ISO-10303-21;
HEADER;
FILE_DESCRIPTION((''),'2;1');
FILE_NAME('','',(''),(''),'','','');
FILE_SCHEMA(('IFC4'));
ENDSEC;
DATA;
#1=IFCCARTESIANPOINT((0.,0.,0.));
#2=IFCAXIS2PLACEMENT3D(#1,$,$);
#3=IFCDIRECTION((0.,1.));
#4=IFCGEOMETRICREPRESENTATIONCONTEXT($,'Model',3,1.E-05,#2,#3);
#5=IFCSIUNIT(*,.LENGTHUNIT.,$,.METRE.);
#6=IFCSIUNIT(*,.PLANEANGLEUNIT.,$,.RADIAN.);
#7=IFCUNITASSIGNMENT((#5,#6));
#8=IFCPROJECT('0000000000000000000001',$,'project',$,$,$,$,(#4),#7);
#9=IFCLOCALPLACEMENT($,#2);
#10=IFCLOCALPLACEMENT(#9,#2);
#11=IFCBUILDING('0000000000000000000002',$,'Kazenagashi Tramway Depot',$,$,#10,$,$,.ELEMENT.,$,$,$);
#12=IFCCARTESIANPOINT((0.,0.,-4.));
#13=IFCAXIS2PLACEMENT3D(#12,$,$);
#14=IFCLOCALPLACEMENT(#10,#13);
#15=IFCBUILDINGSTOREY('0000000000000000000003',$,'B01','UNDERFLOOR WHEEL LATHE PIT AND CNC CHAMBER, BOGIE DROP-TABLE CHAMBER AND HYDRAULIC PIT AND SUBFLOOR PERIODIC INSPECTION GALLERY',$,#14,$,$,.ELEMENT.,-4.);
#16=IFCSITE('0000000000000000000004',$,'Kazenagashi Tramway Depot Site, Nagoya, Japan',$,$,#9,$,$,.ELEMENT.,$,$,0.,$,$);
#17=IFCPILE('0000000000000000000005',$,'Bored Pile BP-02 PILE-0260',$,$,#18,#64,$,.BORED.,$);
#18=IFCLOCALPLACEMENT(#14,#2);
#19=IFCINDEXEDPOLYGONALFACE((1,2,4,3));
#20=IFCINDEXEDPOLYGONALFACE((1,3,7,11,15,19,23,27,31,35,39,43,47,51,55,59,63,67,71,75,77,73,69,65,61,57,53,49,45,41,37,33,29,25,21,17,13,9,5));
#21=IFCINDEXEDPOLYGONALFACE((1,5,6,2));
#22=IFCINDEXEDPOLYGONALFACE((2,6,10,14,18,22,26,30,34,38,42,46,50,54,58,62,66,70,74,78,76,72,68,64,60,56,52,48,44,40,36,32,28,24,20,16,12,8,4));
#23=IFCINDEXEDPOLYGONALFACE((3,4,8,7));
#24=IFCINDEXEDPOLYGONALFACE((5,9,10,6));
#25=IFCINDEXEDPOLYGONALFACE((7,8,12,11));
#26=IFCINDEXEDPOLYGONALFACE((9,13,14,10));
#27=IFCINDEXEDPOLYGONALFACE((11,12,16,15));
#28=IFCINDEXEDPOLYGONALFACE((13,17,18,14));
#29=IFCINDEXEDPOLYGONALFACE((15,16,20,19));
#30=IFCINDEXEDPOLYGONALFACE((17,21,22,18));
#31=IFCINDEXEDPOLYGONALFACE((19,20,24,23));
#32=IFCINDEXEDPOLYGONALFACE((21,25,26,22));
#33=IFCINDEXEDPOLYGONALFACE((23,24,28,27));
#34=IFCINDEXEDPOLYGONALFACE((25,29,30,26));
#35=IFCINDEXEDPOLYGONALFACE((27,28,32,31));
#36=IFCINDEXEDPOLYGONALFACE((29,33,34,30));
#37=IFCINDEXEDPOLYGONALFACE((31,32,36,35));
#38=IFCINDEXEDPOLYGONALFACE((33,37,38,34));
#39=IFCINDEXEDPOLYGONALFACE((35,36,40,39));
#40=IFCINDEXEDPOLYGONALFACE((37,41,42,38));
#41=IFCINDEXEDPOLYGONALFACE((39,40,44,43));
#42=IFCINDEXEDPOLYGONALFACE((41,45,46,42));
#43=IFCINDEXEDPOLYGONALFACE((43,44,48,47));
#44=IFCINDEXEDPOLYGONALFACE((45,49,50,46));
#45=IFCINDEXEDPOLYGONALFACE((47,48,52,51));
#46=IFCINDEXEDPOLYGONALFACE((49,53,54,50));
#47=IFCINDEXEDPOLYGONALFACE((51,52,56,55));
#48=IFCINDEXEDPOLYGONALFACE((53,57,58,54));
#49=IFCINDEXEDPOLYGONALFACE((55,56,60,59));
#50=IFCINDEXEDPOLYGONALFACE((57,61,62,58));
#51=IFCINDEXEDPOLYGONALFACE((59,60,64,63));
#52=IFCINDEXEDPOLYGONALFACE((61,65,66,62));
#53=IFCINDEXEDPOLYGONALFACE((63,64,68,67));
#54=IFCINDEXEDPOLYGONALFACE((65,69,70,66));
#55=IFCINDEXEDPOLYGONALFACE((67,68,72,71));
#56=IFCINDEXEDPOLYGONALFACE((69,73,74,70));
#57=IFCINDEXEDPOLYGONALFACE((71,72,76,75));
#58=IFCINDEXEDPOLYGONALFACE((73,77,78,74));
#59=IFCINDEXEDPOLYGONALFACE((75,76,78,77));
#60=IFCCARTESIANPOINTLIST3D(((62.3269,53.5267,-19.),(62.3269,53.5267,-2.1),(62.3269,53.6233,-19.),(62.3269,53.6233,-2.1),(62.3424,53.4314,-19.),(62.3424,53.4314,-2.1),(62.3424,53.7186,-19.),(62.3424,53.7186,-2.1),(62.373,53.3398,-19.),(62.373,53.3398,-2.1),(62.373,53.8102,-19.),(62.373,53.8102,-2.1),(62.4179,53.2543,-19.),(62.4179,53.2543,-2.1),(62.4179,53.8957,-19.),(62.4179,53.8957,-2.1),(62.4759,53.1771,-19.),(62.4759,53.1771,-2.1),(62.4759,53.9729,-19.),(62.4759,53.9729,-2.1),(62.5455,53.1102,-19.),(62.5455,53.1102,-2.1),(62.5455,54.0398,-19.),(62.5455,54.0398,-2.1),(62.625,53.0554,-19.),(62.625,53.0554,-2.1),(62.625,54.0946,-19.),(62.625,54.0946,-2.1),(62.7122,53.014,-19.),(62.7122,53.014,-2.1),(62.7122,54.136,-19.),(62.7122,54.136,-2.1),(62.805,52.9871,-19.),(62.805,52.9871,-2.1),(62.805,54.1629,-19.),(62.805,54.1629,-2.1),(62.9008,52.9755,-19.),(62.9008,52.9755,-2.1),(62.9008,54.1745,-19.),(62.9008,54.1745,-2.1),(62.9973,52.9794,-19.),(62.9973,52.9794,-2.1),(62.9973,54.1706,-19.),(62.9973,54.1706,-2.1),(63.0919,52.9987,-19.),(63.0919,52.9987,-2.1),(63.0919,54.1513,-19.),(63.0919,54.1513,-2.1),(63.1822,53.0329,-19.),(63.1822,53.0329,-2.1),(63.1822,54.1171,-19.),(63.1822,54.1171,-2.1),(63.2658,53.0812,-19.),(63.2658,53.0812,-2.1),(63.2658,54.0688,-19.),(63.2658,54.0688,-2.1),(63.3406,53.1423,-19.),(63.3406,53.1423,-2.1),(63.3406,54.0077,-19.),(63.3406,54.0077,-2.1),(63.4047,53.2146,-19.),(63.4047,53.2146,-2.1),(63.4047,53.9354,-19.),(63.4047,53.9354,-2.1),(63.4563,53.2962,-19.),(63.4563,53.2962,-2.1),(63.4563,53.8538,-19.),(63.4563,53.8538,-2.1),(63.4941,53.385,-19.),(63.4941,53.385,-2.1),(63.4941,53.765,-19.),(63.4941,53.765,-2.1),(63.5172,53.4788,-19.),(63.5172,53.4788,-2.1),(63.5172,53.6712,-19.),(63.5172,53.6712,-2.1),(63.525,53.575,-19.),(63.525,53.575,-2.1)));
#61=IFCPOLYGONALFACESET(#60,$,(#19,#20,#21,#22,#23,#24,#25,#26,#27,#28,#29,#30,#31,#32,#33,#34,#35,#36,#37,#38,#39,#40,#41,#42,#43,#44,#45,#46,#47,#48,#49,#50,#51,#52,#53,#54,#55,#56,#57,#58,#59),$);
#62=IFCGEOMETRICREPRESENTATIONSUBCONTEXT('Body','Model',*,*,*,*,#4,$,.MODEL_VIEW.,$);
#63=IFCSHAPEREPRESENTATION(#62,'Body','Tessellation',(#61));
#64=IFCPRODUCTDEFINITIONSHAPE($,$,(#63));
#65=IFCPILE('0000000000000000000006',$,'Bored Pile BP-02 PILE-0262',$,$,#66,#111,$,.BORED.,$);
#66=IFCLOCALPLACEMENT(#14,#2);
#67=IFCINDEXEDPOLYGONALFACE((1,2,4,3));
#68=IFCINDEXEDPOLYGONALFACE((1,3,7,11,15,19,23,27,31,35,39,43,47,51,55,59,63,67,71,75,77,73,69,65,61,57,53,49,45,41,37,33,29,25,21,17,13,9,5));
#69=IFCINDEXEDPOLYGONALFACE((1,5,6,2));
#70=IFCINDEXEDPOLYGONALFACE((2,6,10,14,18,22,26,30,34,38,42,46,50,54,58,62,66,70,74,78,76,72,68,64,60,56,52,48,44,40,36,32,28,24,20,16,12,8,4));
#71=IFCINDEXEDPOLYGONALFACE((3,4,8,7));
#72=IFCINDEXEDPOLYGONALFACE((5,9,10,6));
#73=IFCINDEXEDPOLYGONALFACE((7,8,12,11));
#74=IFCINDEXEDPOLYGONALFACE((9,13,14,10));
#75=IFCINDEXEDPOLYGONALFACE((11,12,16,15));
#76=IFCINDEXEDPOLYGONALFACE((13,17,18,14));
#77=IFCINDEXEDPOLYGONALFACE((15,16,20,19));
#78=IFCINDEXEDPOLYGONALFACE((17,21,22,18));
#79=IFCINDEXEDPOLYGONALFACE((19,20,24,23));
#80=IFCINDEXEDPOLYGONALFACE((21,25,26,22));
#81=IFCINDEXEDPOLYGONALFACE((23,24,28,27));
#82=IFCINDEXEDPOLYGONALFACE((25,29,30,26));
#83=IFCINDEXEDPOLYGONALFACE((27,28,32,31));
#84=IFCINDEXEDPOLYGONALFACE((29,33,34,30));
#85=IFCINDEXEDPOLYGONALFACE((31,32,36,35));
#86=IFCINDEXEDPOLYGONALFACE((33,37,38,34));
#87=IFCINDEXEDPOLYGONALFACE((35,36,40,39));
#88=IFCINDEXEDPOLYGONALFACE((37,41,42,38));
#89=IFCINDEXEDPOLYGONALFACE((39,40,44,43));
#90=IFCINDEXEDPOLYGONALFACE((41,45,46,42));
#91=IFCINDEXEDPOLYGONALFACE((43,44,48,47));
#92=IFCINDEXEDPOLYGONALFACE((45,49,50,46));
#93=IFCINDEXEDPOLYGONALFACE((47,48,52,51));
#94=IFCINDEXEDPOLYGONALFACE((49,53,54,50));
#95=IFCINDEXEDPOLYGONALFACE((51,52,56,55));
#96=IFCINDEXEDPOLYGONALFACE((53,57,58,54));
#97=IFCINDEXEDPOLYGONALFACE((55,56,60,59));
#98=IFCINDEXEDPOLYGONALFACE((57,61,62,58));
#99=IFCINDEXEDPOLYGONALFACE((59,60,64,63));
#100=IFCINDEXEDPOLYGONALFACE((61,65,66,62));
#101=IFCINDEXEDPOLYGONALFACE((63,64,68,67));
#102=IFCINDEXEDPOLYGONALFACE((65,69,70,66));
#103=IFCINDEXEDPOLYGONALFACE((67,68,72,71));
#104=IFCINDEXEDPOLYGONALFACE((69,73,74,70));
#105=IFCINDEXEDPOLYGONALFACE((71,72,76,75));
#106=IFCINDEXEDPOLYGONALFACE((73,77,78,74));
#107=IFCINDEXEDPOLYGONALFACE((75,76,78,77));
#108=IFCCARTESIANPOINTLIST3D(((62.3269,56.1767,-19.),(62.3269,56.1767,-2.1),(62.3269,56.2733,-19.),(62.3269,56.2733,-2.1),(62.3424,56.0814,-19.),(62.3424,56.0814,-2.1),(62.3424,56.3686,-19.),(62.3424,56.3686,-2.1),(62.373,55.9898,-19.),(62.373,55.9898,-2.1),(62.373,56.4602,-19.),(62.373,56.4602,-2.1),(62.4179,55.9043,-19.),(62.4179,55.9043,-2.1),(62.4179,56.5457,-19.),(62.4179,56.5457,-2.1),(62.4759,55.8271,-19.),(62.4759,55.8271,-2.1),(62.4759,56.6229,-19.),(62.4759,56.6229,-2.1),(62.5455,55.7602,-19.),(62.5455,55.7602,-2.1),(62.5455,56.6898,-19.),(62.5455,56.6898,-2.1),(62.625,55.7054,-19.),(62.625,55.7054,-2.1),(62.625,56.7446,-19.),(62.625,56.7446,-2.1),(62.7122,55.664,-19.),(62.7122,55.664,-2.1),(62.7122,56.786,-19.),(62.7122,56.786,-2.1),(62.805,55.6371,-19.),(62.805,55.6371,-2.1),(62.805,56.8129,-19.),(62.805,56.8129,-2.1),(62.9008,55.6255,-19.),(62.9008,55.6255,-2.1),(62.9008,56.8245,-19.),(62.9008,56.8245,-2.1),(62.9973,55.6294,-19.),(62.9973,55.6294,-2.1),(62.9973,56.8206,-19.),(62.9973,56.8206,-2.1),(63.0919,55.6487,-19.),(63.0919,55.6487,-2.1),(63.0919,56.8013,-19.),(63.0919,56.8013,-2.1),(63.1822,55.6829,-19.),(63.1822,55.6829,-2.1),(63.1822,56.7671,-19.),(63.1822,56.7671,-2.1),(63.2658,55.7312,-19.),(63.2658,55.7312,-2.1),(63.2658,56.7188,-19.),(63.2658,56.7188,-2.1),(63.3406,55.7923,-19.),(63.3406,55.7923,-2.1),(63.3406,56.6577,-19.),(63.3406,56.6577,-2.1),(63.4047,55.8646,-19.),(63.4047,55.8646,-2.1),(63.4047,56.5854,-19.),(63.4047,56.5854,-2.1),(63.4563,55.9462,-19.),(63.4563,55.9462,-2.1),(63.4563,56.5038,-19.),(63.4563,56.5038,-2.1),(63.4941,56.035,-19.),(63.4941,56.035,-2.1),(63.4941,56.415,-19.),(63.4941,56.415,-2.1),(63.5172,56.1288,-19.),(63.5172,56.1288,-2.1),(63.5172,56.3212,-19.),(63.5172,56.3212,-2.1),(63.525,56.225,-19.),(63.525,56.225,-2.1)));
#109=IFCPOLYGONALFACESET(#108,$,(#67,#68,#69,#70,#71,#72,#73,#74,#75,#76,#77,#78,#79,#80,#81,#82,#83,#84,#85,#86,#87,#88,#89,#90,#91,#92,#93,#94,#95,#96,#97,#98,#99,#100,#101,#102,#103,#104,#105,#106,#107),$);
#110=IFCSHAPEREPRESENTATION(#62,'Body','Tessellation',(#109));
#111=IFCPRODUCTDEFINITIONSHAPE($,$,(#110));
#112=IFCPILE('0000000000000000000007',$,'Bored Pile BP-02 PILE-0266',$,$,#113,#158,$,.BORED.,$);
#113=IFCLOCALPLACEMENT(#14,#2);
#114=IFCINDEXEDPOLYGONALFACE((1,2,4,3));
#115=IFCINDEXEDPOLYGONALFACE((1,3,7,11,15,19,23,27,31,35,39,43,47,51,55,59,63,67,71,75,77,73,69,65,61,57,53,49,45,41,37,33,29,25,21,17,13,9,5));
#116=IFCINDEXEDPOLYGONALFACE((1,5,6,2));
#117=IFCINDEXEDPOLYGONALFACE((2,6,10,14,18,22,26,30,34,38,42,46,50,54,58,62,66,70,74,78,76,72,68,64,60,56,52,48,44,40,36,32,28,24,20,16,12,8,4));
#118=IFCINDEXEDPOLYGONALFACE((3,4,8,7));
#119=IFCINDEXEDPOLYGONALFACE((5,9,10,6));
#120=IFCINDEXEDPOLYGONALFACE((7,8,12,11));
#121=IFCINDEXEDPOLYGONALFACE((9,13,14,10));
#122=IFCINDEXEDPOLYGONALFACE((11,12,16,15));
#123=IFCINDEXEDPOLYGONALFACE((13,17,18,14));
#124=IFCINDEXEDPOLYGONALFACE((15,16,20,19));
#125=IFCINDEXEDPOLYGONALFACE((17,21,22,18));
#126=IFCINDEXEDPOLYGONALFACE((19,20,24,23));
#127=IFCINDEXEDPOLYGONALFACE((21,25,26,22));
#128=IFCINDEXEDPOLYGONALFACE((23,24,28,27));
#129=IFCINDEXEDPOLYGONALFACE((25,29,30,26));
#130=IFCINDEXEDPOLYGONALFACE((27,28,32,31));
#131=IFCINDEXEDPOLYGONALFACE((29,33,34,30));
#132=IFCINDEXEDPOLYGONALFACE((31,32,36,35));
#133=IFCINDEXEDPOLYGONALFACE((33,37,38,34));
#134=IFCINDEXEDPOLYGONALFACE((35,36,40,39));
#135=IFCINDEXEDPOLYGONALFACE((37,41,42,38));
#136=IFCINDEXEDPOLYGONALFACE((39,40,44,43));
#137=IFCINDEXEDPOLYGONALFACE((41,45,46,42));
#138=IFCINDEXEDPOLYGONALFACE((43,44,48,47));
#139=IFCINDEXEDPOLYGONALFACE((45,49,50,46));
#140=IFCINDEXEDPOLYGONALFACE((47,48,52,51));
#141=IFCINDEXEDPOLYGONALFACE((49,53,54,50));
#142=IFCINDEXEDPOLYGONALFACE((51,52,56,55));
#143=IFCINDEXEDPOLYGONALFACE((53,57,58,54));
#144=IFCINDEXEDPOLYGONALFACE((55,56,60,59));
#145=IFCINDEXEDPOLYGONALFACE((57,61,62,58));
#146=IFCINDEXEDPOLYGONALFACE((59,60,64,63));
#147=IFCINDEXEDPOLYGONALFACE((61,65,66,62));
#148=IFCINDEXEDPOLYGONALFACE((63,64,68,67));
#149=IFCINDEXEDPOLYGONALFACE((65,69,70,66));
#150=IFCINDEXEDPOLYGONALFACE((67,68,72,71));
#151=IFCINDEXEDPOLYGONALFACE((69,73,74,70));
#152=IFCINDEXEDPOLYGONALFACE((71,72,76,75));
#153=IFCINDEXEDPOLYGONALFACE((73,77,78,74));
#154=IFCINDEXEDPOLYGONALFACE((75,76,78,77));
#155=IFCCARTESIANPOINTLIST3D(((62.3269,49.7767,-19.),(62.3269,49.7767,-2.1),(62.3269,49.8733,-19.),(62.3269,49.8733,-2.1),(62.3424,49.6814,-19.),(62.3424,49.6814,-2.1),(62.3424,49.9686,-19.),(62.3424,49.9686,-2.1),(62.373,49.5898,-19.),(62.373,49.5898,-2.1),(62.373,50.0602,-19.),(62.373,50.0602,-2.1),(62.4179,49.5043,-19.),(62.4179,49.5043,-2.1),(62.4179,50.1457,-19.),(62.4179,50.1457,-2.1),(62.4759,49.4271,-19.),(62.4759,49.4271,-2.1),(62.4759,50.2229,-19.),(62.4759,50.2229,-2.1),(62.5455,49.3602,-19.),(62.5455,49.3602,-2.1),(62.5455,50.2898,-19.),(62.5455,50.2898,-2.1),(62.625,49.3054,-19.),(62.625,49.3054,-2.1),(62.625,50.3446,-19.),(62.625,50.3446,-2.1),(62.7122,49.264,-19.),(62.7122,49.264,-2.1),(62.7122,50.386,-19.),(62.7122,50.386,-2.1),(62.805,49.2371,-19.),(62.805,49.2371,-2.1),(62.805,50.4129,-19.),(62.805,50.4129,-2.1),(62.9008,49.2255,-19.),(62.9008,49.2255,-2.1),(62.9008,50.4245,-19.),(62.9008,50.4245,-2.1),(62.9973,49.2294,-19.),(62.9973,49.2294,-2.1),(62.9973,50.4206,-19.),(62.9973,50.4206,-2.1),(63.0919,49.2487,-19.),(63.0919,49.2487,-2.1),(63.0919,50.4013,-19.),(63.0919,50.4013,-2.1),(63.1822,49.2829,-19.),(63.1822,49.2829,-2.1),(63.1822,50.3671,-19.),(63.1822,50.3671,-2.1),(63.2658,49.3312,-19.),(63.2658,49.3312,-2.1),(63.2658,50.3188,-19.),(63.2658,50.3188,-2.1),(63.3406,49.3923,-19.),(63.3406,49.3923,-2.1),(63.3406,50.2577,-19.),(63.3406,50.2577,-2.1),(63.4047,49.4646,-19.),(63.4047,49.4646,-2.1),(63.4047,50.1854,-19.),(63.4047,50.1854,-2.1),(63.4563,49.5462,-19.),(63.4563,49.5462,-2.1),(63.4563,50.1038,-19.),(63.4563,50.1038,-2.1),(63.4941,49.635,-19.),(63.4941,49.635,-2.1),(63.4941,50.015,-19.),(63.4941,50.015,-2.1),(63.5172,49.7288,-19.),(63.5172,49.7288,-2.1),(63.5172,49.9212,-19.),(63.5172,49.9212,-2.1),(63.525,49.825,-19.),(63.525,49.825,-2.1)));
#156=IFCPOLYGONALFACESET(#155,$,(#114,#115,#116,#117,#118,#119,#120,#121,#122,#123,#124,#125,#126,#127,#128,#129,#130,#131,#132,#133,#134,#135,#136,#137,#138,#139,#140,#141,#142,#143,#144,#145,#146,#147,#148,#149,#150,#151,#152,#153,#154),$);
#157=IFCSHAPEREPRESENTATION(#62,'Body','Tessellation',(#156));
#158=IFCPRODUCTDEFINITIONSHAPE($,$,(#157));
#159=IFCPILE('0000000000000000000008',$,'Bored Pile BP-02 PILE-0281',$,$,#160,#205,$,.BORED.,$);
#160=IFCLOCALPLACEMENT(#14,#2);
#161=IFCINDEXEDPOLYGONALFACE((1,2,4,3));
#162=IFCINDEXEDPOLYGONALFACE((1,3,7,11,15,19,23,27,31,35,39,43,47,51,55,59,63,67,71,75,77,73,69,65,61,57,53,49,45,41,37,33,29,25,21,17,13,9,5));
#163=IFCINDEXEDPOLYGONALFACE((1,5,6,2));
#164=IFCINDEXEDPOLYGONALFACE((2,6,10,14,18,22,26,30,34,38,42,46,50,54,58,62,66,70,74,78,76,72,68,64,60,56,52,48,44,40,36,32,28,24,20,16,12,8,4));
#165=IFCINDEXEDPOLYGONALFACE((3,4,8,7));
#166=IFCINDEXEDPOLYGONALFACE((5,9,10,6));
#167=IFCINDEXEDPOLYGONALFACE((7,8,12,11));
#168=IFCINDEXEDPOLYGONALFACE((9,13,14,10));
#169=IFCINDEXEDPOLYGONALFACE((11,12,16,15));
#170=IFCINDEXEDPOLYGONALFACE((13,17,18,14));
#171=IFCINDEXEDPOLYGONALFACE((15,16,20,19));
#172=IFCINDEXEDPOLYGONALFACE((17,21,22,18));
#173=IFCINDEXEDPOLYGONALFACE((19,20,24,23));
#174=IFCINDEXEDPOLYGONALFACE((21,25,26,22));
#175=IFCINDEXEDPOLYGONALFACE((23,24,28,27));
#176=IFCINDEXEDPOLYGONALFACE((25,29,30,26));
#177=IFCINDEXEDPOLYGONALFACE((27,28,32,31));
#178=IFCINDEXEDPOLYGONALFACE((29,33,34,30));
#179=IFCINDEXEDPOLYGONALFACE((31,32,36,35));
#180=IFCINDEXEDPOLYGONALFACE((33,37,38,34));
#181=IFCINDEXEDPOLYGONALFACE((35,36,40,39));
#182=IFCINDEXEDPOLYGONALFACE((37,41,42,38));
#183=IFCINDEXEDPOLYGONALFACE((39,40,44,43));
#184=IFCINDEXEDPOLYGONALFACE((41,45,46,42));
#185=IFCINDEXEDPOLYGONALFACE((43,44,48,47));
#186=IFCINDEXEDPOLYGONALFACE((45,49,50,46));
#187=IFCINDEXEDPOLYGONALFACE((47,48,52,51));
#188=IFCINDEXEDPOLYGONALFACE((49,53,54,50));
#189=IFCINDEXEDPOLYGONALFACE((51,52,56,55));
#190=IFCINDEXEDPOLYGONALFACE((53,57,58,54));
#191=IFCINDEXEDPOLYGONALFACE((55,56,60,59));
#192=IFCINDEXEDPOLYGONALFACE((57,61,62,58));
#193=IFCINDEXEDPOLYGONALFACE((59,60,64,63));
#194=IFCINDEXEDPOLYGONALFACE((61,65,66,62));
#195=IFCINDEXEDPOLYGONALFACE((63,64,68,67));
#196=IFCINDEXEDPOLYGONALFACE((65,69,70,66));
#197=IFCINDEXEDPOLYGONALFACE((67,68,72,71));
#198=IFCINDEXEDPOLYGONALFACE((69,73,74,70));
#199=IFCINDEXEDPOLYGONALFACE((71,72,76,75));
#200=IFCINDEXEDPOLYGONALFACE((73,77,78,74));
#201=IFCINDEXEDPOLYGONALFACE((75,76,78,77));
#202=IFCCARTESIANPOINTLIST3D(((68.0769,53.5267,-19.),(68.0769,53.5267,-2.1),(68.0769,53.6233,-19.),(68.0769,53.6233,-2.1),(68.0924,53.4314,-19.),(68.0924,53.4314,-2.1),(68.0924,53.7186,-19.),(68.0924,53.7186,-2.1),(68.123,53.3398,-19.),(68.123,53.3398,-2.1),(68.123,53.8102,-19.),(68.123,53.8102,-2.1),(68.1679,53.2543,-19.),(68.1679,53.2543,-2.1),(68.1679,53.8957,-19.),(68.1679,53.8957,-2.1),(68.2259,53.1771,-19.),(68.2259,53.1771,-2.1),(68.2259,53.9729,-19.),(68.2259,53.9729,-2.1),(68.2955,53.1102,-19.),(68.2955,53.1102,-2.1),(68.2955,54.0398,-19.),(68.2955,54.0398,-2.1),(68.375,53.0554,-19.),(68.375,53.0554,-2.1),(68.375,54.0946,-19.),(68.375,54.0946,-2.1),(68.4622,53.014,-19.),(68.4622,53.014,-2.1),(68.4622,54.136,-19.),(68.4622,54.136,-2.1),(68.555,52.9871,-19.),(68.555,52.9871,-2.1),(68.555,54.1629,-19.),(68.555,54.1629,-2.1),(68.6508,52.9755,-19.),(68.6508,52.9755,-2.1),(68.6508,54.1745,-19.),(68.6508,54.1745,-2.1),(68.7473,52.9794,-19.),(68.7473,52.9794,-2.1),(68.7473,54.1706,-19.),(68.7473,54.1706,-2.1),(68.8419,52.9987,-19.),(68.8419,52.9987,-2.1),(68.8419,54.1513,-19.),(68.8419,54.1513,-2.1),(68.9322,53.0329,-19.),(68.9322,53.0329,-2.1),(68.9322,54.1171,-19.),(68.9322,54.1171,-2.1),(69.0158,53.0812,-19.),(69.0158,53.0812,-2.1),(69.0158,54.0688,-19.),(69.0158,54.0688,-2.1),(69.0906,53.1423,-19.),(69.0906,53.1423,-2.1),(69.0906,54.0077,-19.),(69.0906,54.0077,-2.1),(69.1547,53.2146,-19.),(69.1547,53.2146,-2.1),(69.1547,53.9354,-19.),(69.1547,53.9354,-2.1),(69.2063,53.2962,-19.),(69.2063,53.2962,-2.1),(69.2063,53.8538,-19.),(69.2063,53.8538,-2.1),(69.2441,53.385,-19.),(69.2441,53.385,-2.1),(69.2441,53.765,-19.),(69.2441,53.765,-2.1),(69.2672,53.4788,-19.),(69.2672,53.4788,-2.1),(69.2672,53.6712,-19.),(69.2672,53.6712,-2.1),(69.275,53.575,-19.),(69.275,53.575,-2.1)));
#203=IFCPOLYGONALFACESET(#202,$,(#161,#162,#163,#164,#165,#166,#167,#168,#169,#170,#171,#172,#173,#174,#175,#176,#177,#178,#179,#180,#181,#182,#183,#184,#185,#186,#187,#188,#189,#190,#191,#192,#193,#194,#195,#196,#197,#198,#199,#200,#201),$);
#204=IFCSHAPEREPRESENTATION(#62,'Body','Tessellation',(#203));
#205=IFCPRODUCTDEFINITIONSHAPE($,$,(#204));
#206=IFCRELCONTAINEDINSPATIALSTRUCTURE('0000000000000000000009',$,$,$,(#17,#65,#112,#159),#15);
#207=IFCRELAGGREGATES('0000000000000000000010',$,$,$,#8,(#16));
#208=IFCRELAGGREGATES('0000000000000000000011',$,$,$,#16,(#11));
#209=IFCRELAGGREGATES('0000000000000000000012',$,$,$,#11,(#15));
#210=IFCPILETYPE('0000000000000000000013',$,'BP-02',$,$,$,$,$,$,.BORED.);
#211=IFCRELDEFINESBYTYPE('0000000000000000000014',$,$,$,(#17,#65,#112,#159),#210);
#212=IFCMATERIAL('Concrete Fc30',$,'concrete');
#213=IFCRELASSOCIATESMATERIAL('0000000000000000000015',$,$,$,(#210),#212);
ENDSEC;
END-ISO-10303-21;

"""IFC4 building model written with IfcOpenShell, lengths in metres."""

from ifc_helpers import new_model, si_unit, direction, frame, origin, origin_2d, place, context, subcontext, project, spatial, circle, extrude, material, material_profile, profile_set, type_object, element, save


model = new_model("IFC4")

# Units and contexts
model_context = context("Model", 3, precision=1e-05, world=origin(), true_north=direction((0.0, 1.0)))
body_context = subcontext(model_context, "Body", "Model", "MODEL_VIEW")
ifc_project = project(units=[si_unit("LENGTHUNIT", "METRE"), si_unit("PLANEANGLEUNIT", "RADIAN")], contexts=[model_context])

# Site, building, storey
site_placement = place(None, origin())
site = spatial("IfcSite", under=ifc_project, at=site_placement, Name="Kazenagashi Tramway Depot Site, Nagoya, Japan", CompositionType="ELEMENT", RefElevation=0.0)
building_placement = place(site_placement, origin())
building = spatial("IfcBuilding", under=site, at=building_placement, Name="Kazenagashi Tramway Depot", CompositionType="ELEMENT")
storey_placement = place(building_placement, frame((0.0, 0.0, -4.0)))
storey = spatial("IfcBuildingStorey", under=building, at=storey_placement, Name="B01", Description="UNDERFLOOR WHEEL LATHE PIT AND CNC CHAMBER, BOGIE DROP-TABLE CHAMBER AND HYDRAULIC PIT AND SUBFLOOR PERIODIC INSPECTION GALLERY", CompositionType="ELEMENT", Elevation=-4.0)

# Piles
ifc_material_1 = material(Name="Concrete Fc30", Category="concrete")
ifc_material_profile_1 = material_profile(ifc_material_1, circle(Radius=0.6, at=origin_2d()), Name="PILE-1200")
ifc_profile_set_1 = profile_set([ifc_material_profile_1], Name="Concrete Fc30")
pile_type = type_object("IfcPileType", Name="BP-02", PredefinedType="BORED", material=ifc_profile_set_1)
for number, where, z_axis, x_axis, name in (
    (1, (62.925, 53.575, -2.1), (0.0, 0.0, -1.0), (1.0, 0.0, 0.0), "Bored Pile BP-02 PILE-0260"),
    (2, (62.925, 56.225, -2.1), (0.0, 0.0, -1.0), (1.0, 0.0, 0.0), "Bored Pile BP-02 PILE-0262"),
    (3, (62.925, 49.825, -2.1), (0.0, 0.0, -1.0), (1.0, 0.0, 0.0), "Bored Pile BP-02 PILE-0266"),
    (4, (68.675, 53.575, -2.1), (0.0, 0.0, -1.0), (1.0, 0.0, 0.0), "Bored Pile BP-02 PILE-0281"),
):
    element("IfcPile", number, at=place(storey_placement, frame(where, z_axis=z_axis, x_axis=x_axis)), inside=storey, type_object=pile_type, Name=name, PredefinedType="BORED", context=body_context, shape_type="SweptSolid", body=[
        extrude(circle(Radius=0.6, at=origin_2d()), origin(), (0.0, 0.0, 1.0), 16.9),
    ])

save(model, "model.ifc")
